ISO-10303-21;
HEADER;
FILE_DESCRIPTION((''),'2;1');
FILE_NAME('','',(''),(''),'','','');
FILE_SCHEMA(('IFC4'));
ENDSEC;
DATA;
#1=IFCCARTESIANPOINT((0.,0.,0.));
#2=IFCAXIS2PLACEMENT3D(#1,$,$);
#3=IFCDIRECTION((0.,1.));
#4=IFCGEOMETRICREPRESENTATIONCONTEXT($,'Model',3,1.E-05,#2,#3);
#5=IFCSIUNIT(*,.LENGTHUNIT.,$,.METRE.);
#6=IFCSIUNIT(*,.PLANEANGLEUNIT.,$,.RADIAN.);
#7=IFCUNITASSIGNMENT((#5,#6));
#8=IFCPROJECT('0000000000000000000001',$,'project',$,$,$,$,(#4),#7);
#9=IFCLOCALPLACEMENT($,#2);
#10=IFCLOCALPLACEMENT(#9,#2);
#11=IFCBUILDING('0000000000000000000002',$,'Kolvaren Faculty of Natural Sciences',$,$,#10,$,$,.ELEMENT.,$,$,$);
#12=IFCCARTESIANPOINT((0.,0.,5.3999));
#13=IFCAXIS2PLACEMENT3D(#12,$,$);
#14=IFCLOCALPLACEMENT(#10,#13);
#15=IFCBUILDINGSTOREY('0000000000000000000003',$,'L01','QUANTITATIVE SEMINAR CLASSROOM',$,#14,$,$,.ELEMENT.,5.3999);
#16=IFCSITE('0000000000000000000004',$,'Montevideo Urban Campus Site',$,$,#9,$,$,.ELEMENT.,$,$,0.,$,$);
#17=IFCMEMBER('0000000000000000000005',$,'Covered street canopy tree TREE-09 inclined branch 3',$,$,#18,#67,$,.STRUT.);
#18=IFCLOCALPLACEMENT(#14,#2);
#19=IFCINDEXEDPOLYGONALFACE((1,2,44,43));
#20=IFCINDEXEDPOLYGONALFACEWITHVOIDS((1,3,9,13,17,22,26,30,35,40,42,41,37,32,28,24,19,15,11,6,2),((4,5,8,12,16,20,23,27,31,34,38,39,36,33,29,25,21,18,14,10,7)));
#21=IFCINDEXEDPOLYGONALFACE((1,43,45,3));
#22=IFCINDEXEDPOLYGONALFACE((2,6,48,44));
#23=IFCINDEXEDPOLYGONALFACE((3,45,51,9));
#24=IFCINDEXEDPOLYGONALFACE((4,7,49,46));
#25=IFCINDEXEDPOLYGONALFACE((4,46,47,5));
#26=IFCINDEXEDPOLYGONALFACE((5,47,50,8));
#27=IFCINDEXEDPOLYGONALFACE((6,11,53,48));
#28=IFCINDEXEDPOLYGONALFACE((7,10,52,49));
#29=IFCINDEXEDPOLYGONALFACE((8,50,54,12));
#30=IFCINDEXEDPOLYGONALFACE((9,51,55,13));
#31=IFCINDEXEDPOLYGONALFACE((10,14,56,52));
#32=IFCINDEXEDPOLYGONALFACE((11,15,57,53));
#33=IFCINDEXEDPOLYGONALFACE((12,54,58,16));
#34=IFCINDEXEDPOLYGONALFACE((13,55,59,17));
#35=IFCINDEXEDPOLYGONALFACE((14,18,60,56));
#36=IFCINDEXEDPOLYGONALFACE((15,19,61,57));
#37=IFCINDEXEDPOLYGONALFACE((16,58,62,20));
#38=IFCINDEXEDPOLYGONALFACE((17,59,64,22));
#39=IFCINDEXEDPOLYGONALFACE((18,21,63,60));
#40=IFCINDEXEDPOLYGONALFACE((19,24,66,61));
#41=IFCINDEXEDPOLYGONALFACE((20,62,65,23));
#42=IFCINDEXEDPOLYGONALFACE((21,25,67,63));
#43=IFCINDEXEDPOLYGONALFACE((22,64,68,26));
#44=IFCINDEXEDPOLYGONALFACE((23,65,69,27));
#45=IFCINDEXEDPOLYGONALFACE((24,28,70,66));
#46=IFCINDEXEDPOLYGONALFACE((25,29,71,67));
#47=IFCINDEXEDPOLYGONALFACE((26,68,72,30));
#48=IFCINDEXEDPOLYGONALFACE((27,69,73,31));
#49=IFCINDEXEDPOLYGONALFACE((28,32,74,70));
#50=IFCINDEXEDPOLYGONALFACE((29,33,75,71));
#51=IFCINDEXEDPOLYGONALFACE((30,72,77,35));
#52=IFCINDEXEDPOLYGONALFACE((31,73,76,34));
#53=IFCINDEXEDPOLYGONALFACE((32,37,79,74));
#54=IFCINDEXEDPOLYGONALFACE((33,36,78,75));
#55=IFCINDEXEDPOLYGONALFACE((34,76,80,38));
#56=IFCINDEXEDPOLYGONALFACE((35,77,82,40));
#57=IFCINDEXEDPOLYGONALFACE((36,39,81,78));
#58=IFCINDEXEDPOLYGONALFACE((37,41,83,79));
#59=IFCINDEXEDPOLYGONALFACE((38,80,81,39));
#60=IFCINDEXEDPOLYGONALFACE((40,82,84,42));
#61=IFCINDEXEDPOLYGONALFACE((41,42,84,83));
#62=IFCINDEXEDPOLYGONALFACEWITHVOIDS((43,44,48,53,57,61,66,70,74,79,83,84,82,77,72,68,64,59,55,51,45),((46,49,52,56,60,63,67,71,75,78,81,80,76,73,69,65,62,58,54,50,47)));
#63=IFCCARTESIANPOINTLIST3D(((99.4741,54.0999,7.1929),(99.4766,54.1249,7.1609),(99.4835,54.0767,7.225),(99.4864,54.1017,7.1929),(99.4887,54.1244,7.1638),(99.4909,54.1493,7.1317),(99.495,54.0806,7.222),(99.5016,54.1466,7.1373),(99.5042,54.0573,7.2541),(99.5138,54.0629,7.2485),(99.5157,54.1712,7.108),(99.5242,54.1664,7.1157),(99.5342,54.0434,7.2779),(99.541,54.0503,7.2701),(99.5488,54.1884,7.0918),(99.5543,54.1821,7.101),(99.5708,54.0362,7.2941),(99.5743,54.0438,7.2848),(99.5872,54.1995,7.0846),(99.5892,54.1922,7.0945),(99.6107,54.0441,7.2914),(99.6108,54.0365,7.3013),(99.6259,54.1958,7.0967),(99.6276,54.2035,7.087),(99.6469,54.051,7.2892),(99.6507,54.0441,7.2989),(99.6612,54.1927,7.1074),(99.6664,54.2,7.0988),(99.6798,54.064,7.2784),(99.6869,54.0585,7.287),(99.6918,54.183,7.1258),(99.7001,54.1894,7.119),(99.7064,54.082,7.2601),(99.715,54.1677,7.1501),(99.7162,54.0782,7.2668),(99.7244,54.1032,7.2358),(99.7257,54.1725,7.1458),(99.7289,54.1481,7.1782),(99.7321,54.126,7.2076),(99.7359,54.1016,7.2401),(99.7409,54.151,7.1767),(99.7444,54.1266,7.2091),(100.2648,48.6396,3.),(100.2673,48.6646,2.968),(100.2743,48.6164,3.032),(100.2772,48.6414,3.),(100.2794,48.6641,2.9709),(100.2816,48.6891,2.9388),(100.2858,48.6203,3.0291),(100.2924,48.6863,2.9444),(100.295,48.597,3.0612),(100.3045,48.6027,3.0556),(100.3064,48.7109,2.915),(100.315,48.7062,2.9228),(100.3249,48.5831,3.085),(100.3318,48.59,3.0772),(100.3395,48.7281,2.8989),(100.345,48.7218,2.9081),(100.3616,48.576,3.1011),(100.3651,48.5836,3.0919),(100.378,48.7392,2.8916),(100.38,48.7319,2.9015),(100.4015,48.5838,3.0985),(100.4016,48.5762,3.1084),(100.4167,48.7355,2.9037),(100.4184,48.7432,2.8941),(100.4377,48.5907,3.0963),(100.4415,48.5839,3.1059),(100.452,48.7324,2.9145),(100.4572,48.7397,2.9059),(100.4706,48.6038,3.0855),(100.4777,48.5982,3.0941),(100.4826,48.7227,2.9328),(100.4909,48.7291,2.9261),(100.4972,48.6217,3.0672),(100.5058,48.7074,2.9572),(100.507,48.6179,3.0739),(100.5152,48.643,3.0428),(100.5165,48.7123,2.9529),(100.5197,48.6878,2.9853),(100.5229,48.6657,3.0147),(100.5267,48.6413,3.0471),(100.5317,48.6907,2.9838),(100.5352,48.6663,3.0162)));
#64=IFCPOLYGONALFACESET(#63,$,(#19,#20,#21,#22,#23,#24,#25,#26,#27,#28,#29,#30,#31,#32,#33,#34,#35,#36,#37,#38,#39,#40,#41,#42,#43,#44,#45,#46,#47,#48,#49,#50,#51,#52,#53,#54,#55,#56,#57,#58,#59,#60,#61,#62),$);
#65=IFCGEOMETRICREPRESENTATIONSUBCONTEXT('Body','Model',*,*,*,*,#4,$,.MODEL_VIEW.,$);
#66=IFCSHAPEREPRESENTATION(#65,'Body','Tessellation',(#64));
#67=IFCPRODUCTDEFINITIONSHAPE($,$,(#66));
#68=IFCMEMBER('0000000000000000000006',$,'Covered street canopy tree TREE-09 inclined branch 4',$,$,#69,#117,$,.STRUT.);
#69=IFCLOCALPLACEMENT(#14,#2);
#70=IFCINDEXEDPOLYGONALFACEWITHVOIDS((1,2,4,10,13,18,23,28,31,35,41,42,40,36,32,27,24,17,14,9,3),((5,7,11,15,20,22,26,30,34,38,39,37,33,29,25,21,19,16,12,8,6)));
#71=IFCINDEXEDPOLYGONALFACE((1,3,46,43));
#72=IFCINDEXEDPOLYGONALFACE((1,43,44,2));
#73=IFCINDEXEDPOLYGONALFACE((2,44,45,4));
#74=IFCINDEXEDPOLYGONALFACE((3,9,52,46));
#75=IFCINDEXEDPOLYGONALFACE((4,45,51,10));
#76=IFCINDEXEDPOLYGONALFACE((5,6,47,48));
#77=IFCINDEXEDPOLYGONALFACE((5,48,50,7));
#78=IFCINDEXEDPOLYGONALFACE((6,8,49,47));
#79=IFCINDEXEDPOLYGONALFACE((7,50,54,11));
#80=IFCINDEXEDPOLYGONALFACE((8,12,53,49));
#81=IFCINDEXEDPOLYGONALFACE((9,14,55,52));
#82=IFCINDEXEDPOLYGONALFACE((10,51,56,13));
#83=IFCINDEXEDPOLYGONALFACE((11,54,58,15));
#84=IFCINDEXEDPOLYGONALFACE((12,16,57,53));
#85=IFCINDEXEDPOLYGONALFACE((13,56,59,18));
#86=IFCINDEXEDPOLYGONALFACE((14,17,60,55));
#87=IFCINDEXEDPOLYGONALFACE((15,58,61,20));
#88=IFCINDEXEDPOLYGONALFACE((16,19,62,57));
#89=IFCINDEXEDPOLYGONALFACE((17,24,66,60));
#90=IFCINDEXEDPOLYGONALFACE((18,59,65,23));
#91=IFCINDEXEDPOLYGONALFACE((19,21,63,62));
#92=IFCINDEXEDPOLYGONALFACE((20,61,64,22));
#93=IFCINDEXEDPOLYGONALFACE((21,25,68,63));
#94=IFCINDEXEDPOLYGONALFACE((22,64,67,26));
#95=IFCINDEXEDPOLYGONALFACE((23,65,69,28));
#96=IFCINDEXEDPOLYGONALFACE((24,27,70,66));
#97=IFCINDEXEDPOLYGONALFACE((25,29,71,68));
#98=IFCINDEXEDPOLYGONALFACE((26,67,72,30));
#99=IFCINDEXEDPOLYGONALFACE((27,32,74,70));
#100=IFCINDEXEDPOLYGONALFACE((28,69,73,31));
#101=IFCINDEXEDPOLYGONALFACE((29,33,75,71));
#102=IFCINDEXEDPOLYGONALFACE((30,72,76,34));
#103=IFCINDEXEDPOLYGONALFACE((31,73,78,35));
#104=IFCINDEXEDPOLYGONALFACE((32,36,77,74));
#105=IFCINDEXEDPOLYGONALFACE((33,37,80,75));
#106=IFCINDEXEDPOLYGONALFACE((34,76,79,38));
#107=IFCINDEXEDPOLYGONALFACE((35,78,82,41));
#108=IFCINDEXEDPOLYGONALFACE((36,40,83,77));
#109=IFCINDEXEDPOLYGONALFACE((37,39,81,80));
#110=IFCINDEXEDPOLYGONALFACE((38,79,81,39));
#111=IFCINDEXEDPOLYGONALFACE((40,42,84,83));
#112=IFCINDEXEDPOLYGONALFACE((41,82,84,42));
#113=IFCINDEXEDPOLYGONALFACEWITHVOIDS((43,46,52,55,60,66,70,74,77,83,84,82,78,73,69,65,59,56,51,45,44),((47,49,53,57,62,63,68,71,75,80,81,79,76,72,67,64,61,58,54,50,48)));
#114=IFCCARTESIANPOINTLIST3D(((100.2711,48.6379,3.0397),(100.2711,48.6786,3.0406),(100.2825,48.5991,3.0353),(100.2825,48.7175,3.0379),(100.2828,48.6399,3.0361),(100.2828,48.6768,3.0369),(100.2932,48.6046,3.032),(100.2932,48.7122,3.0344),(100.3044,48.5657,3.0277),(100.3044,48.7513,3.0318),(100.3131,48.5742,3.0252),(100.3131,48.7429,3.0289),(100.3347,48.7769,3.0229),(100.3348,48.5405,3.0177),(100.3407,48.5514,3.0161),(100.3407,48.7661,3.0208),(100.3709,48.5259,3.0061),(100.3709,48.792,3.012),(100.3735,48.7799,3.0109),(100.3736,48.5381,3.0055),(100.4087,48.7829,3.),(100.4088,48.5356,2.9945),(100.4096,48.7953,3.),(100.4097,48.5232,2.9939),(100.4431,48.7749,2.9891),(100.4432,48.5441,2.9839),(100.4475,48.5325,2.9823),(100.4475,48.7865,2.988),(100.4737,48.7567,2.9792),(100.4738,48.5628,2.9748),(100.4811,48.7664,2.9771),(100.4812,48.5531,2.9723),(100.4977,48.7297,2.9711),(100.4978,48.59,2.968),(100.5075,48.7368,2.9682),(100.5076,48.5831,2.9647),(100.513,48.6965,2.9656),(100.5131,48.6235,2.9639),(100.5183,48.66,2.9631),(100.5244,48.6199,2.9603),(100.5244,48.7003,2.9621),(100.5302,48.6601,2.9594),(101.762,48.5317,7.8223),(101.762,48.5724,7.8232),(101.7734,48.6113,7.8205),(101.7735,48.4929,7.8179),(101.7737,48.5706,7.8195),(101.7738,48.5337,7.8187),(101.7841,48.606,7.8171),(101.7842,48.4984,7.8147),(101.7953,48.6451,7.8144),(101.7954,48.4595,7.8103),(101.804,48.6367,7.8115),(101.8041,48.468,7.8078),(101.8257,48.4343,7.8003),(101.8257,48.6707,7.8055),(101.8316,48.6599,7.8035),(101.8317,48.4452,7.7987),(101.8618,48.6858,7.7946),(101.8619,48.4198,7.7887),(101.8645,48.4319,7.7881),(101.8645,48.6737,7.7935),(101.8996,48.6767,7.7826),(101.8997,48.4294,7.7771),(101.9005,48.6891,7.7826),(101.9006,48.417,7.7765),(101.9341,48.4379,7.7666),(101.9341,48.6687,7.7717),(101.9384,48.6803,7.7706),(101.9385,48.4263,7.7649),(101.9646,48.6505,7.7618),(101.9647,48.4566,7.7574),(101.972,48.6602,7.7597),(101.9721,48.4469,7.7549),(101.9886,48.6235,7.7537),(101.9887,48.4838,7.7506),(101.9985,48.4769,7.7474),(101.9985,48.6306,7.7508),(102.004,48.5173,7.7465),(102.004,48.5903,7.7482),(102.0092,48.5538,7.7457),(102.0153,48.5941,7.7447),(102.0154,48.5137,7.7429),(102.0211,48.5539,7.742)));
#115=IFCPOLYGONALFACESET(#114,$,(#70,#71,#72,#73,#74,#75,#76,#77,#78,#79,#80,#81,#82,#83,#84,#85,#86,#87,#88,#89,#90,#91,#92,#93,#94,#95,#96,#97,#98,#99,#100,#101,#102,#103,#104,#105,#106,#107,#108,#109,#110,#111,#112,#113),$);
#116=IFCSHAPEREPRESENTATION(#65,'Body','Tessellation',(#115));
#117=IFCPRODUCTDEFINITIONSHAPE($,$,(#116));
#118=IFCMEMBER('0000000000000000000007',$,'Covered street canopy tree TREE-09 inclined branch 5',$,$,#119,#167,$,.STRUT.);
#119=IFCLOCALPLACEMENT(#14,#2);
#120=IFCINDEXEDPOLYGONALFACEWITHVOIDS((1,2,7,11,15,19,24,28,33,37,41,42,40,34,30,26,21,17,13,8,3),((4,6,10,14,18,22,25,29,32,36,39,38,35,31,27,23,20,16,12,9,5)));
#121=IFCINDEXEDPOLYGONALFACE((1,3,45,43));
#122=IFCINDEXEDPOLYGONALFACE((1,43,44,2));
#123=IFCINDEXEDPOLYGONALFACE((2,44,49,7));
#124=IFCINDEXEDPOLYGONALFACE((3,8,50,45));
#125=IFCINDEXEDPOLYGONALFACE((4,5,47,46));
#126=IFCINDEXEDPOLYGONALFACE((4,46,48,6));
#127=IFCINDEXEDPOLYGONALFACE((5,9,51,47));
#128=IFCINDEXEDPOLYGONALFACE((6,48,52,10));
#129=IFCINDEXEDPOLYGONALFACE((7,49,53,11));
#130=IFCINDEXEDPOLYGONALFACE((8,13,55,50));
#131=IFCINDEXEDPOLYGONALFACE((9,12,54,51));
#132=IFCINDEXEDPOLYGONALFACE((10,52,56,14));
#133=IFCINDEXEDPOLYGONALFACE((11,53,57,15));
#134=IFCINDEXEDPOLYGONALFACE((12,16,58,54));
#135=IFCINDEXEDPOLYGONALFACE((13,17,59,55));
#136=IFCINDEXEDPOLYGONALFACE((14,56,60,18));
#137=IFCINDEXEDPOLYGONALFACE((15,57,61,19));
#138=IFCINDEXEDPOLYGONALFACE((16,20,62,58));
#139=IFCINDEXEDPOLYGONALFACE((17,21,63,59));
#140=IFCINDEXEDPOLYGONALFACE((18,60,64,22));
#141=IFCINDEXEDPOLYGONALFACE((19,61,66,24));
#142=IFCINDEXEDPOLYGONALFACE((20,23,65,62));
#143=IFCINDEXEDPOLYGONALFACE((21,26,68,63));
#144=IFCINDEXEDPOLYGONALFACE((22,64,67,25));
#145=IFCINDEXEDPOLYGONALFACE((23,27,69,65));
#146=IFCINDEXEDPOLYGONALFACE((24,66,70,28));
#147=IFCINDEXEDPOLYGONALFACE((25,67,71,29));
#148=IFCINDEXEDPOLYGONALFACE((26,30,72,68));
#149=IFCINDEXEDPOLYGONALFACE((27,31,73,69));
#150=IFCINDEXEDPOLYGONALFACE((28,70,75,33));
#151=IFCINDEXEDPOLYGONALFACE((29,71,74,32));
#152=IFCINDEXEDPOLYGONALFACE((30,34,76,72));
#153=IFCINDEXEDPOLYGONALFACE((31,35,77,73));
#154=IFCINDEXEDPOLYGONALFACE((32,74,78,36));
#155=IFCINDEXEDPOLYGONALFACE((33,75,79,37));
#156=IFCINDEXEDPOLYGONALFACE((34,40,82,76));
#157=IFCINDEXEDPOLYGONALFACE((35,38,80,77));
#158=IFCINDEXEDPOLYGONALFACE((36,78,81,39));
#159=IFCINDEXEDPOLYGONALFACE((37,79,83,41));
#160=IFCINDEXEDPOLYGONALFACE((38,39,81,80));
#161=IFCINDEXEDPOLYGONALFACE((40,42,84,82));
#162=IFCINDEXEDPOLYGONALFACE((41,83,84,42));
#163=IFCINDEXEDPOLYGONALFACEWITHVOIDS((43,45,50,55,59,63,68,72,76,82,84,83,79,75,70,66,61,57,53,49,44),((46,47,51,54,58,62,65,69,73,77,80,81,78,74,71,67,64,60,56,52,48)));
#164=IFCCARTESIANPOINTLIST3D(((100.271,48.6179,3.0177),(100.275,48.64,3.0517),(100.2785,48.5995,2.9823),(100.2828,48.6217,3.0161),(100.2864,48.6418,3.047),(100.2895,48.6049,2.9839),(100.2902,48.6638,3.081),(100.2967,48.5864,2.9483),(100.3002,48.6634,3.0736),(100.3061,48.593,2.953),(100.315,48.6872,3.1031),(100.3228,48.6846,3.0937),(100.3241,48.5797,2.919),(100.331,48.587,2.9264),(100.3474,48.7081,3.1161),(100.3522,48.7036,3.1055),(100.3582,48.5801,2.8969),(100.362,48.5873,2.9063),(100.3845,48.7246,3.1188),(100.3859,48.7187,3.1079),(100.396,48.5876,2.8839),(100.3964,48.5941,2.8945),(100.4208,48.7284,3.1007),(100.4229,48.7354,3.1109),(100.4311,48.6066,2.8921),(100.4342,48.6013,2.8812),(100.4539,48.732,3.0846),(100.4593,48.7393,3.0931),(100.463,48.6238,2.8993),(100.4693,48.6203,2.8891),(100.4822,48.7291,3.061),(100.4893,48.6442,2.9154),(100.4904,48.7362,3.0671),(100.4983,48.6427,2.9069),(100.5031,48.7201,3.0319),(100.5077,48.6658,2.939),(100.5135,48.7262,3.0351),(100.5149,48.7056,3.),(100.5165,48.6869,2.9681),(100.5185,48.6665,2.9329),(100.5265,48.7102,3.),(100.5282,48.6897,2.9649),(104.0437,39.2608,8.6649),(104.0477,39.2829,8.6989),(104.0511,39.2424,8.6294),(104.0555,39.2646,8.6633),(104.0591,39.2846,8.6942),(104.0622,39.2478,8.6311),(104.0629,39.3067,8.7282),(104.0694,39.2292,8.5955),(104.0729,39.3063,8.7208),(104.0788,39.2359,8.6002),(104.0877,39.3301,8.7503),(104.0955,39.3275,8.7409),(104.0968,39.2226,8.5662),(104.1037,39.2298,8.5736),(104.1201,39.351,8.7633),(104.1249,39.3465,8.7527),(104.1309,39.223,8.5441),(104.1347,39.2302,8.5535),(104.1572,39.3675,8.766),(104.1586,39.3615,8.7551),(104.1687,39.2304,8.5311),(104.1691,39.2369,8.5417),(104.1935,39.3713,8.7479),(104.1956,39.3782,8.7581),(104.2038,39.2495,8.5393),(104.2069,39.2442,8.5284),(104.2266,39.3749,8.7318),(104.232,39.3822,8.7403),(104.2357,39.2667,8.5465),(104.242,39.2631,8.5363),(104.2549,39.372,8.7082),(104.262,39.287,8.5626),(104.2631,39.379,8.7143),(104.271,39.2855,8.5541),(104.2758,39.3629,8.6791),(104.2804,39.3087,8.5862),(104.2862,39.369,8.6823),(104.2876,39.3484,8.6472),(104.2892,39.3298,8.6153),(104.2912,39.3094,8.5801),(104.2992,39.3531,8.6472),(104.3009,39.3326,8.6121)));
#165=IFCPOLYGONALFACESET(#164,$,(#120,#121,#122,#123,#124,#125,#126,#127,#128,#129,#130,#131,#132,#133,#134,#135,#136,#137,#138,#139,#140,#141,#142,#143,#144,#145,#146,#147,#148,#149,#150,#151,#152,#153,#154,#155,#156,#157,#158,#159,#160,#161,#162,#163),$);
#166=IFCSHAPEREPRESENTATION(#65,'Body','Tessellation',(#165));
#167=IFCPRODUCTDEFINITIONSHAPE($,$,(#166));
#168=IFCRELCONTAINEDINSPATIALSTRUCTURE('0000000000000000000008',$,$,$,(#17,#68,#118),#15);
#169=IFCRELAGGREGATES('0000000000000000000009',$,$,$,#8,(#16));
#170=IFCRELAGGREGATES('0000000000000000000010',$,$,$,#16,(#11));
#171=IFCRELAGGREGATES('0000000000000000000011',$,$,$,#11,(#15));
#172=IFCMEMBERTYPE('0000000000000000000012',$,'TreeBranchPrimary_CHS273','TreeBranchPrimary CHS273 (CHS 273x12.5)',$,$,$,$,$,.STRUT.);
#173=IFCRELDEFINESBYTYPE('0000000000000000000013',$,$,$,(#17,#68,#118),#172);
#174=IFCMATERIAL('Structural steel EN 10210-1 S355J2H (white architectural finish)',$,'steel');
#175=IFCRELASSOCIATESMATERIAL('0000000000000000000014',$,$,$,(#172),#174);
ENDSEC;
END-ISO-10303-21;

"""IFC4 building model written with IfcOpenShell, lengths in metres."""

from ifc_helpers import new_model, si_unit, direction, frame, origin, origin_2d, place, context, subcontext, project, spatial, hollow_circle, extrude, material, material_profile, profile_set, type_object, element, save


model = new_model("IFC4")

# Units and contexts
model_context = context("Model", 3, precision=1e-05, world=origin(), true_north=direction((0.0, 1.0)))
body_context = subcontext(model_context, "Body", "Model", "MODEL_VIEW")
ifc_project = project(units=[si_unit("LENGTHUNIT", "METRE"), si_unit("PLANEANGLEUNIT", "RADIAN")], contexts=[model_context])

# Site, building, storey
site_placement = place(None, origin())
site = spatial("IfcSite", under=ifc_project, at=site_placement, Name="Montevideo Urban Campus Site", CompositionType="ELEMENT", RefElevation=0.0)
building_placement = place(site_placement, origin())
building = spatial("IfcBuilding", under=site, at=building_placement, Name="Kolvaren Faculty of Natural Sciences", CompositionType="ELEMENT")
storey_placement = place(building_placement, frame((0.0, 0.0, 5.3999)))
storey = spatial("IfcBuildingStorey", under=building, at=storey_placement, Name="L01", Description="QUANTITATIVE SEMINAR CLASSROOM", CompositionType="ELEMENT", Elevation=5.3999)

# Members
ifc_material_1 = material(Name="Structural steel EN 10210-1 S355J2H (white architectural finish)", Category="steel")
ifc_material_profile_1 = material_profile(ifc_material_1, hollow_circle(Radius=0.1365, WallThickness=0.0125, at=origin_2d()), Name="CHS 273x12.5")
ifc_profile_set_1 = profile_set([ifc_material_profile_1], Name="Structural steel EN 10210-1 S355J2H (white architectural finish)")
member_type = type_object("IfcMemberType", Name="TreeBranchPrimary_CHS273", Description="TreeBranchPrimary CHS273 (CHS 273x12.5)", PredefinedType="STRUT", material=ifc_profile_set_1)
member_1_placement = place(storey_placement, frame((100.3999, 48.6592, 3.0), z_axis=(-0.114115, 0.787954, 0.605067), x_axis=(-0.989675, -0.143329, 0.0)))
element("IfcMember", 1, at=member_1_placement, inside=storey, type_object=member_type, Name="Covered street canopy tree TREE-09 inclined branch 3", PredefinedType="STRUT", context=body_context, shape_type="SweptSolid", body=[
    extrude(hollow_circle(Radius=0.1365, WallThickness=0.0125, at=origin_2d()), origin(), (0.0, 0.0, 1.0), 6.9297),
])
member_2_placement = place(storey_placement, frame((100.3999, 48.6592, 3.0), z_axis=(0.297548, -0.021194, 0.954472), x_axis=(0.07105, 0.997473, 0.0)))
element("IfcMember", 2, at=member_2_placement, inside=storey, type_object=member_type, Name="Covered street canopy tree TREE-09 inclined branch 4", PredefinedType="STRUT", context=body_context, shape_type="SweptSolid", body=[
    extrude(hollow_circle(Radius=0.1365, WallThickness=0.0125, at=origin_2d()), origin(), (0.0, 0.0, 1.0), 5.0107),
])
member_3_placement = place(storey_placement, frame((100.3999, 48.6592, 3.0), z_axis=(0.326301, -0.809301, 0.488427), x_axis=(0.927454, 0.373938, 0.0)))
element("IfcMember", 3, at=member_3_placement, inside=storey, type_object=member_type, Name="Covered street canopy tree TREE-09 inclined branch 5", PredefinedType="STRUT", context=body_context, shape_type="SweptSolid", body=[
    extrude(hollow_circle(Radius=0.1365, WallThickness=0.0125, at=origin_2d()), origin(), (0.0, 0.0, 1.0), 11.562),
])

save(model, "model.ifc")
